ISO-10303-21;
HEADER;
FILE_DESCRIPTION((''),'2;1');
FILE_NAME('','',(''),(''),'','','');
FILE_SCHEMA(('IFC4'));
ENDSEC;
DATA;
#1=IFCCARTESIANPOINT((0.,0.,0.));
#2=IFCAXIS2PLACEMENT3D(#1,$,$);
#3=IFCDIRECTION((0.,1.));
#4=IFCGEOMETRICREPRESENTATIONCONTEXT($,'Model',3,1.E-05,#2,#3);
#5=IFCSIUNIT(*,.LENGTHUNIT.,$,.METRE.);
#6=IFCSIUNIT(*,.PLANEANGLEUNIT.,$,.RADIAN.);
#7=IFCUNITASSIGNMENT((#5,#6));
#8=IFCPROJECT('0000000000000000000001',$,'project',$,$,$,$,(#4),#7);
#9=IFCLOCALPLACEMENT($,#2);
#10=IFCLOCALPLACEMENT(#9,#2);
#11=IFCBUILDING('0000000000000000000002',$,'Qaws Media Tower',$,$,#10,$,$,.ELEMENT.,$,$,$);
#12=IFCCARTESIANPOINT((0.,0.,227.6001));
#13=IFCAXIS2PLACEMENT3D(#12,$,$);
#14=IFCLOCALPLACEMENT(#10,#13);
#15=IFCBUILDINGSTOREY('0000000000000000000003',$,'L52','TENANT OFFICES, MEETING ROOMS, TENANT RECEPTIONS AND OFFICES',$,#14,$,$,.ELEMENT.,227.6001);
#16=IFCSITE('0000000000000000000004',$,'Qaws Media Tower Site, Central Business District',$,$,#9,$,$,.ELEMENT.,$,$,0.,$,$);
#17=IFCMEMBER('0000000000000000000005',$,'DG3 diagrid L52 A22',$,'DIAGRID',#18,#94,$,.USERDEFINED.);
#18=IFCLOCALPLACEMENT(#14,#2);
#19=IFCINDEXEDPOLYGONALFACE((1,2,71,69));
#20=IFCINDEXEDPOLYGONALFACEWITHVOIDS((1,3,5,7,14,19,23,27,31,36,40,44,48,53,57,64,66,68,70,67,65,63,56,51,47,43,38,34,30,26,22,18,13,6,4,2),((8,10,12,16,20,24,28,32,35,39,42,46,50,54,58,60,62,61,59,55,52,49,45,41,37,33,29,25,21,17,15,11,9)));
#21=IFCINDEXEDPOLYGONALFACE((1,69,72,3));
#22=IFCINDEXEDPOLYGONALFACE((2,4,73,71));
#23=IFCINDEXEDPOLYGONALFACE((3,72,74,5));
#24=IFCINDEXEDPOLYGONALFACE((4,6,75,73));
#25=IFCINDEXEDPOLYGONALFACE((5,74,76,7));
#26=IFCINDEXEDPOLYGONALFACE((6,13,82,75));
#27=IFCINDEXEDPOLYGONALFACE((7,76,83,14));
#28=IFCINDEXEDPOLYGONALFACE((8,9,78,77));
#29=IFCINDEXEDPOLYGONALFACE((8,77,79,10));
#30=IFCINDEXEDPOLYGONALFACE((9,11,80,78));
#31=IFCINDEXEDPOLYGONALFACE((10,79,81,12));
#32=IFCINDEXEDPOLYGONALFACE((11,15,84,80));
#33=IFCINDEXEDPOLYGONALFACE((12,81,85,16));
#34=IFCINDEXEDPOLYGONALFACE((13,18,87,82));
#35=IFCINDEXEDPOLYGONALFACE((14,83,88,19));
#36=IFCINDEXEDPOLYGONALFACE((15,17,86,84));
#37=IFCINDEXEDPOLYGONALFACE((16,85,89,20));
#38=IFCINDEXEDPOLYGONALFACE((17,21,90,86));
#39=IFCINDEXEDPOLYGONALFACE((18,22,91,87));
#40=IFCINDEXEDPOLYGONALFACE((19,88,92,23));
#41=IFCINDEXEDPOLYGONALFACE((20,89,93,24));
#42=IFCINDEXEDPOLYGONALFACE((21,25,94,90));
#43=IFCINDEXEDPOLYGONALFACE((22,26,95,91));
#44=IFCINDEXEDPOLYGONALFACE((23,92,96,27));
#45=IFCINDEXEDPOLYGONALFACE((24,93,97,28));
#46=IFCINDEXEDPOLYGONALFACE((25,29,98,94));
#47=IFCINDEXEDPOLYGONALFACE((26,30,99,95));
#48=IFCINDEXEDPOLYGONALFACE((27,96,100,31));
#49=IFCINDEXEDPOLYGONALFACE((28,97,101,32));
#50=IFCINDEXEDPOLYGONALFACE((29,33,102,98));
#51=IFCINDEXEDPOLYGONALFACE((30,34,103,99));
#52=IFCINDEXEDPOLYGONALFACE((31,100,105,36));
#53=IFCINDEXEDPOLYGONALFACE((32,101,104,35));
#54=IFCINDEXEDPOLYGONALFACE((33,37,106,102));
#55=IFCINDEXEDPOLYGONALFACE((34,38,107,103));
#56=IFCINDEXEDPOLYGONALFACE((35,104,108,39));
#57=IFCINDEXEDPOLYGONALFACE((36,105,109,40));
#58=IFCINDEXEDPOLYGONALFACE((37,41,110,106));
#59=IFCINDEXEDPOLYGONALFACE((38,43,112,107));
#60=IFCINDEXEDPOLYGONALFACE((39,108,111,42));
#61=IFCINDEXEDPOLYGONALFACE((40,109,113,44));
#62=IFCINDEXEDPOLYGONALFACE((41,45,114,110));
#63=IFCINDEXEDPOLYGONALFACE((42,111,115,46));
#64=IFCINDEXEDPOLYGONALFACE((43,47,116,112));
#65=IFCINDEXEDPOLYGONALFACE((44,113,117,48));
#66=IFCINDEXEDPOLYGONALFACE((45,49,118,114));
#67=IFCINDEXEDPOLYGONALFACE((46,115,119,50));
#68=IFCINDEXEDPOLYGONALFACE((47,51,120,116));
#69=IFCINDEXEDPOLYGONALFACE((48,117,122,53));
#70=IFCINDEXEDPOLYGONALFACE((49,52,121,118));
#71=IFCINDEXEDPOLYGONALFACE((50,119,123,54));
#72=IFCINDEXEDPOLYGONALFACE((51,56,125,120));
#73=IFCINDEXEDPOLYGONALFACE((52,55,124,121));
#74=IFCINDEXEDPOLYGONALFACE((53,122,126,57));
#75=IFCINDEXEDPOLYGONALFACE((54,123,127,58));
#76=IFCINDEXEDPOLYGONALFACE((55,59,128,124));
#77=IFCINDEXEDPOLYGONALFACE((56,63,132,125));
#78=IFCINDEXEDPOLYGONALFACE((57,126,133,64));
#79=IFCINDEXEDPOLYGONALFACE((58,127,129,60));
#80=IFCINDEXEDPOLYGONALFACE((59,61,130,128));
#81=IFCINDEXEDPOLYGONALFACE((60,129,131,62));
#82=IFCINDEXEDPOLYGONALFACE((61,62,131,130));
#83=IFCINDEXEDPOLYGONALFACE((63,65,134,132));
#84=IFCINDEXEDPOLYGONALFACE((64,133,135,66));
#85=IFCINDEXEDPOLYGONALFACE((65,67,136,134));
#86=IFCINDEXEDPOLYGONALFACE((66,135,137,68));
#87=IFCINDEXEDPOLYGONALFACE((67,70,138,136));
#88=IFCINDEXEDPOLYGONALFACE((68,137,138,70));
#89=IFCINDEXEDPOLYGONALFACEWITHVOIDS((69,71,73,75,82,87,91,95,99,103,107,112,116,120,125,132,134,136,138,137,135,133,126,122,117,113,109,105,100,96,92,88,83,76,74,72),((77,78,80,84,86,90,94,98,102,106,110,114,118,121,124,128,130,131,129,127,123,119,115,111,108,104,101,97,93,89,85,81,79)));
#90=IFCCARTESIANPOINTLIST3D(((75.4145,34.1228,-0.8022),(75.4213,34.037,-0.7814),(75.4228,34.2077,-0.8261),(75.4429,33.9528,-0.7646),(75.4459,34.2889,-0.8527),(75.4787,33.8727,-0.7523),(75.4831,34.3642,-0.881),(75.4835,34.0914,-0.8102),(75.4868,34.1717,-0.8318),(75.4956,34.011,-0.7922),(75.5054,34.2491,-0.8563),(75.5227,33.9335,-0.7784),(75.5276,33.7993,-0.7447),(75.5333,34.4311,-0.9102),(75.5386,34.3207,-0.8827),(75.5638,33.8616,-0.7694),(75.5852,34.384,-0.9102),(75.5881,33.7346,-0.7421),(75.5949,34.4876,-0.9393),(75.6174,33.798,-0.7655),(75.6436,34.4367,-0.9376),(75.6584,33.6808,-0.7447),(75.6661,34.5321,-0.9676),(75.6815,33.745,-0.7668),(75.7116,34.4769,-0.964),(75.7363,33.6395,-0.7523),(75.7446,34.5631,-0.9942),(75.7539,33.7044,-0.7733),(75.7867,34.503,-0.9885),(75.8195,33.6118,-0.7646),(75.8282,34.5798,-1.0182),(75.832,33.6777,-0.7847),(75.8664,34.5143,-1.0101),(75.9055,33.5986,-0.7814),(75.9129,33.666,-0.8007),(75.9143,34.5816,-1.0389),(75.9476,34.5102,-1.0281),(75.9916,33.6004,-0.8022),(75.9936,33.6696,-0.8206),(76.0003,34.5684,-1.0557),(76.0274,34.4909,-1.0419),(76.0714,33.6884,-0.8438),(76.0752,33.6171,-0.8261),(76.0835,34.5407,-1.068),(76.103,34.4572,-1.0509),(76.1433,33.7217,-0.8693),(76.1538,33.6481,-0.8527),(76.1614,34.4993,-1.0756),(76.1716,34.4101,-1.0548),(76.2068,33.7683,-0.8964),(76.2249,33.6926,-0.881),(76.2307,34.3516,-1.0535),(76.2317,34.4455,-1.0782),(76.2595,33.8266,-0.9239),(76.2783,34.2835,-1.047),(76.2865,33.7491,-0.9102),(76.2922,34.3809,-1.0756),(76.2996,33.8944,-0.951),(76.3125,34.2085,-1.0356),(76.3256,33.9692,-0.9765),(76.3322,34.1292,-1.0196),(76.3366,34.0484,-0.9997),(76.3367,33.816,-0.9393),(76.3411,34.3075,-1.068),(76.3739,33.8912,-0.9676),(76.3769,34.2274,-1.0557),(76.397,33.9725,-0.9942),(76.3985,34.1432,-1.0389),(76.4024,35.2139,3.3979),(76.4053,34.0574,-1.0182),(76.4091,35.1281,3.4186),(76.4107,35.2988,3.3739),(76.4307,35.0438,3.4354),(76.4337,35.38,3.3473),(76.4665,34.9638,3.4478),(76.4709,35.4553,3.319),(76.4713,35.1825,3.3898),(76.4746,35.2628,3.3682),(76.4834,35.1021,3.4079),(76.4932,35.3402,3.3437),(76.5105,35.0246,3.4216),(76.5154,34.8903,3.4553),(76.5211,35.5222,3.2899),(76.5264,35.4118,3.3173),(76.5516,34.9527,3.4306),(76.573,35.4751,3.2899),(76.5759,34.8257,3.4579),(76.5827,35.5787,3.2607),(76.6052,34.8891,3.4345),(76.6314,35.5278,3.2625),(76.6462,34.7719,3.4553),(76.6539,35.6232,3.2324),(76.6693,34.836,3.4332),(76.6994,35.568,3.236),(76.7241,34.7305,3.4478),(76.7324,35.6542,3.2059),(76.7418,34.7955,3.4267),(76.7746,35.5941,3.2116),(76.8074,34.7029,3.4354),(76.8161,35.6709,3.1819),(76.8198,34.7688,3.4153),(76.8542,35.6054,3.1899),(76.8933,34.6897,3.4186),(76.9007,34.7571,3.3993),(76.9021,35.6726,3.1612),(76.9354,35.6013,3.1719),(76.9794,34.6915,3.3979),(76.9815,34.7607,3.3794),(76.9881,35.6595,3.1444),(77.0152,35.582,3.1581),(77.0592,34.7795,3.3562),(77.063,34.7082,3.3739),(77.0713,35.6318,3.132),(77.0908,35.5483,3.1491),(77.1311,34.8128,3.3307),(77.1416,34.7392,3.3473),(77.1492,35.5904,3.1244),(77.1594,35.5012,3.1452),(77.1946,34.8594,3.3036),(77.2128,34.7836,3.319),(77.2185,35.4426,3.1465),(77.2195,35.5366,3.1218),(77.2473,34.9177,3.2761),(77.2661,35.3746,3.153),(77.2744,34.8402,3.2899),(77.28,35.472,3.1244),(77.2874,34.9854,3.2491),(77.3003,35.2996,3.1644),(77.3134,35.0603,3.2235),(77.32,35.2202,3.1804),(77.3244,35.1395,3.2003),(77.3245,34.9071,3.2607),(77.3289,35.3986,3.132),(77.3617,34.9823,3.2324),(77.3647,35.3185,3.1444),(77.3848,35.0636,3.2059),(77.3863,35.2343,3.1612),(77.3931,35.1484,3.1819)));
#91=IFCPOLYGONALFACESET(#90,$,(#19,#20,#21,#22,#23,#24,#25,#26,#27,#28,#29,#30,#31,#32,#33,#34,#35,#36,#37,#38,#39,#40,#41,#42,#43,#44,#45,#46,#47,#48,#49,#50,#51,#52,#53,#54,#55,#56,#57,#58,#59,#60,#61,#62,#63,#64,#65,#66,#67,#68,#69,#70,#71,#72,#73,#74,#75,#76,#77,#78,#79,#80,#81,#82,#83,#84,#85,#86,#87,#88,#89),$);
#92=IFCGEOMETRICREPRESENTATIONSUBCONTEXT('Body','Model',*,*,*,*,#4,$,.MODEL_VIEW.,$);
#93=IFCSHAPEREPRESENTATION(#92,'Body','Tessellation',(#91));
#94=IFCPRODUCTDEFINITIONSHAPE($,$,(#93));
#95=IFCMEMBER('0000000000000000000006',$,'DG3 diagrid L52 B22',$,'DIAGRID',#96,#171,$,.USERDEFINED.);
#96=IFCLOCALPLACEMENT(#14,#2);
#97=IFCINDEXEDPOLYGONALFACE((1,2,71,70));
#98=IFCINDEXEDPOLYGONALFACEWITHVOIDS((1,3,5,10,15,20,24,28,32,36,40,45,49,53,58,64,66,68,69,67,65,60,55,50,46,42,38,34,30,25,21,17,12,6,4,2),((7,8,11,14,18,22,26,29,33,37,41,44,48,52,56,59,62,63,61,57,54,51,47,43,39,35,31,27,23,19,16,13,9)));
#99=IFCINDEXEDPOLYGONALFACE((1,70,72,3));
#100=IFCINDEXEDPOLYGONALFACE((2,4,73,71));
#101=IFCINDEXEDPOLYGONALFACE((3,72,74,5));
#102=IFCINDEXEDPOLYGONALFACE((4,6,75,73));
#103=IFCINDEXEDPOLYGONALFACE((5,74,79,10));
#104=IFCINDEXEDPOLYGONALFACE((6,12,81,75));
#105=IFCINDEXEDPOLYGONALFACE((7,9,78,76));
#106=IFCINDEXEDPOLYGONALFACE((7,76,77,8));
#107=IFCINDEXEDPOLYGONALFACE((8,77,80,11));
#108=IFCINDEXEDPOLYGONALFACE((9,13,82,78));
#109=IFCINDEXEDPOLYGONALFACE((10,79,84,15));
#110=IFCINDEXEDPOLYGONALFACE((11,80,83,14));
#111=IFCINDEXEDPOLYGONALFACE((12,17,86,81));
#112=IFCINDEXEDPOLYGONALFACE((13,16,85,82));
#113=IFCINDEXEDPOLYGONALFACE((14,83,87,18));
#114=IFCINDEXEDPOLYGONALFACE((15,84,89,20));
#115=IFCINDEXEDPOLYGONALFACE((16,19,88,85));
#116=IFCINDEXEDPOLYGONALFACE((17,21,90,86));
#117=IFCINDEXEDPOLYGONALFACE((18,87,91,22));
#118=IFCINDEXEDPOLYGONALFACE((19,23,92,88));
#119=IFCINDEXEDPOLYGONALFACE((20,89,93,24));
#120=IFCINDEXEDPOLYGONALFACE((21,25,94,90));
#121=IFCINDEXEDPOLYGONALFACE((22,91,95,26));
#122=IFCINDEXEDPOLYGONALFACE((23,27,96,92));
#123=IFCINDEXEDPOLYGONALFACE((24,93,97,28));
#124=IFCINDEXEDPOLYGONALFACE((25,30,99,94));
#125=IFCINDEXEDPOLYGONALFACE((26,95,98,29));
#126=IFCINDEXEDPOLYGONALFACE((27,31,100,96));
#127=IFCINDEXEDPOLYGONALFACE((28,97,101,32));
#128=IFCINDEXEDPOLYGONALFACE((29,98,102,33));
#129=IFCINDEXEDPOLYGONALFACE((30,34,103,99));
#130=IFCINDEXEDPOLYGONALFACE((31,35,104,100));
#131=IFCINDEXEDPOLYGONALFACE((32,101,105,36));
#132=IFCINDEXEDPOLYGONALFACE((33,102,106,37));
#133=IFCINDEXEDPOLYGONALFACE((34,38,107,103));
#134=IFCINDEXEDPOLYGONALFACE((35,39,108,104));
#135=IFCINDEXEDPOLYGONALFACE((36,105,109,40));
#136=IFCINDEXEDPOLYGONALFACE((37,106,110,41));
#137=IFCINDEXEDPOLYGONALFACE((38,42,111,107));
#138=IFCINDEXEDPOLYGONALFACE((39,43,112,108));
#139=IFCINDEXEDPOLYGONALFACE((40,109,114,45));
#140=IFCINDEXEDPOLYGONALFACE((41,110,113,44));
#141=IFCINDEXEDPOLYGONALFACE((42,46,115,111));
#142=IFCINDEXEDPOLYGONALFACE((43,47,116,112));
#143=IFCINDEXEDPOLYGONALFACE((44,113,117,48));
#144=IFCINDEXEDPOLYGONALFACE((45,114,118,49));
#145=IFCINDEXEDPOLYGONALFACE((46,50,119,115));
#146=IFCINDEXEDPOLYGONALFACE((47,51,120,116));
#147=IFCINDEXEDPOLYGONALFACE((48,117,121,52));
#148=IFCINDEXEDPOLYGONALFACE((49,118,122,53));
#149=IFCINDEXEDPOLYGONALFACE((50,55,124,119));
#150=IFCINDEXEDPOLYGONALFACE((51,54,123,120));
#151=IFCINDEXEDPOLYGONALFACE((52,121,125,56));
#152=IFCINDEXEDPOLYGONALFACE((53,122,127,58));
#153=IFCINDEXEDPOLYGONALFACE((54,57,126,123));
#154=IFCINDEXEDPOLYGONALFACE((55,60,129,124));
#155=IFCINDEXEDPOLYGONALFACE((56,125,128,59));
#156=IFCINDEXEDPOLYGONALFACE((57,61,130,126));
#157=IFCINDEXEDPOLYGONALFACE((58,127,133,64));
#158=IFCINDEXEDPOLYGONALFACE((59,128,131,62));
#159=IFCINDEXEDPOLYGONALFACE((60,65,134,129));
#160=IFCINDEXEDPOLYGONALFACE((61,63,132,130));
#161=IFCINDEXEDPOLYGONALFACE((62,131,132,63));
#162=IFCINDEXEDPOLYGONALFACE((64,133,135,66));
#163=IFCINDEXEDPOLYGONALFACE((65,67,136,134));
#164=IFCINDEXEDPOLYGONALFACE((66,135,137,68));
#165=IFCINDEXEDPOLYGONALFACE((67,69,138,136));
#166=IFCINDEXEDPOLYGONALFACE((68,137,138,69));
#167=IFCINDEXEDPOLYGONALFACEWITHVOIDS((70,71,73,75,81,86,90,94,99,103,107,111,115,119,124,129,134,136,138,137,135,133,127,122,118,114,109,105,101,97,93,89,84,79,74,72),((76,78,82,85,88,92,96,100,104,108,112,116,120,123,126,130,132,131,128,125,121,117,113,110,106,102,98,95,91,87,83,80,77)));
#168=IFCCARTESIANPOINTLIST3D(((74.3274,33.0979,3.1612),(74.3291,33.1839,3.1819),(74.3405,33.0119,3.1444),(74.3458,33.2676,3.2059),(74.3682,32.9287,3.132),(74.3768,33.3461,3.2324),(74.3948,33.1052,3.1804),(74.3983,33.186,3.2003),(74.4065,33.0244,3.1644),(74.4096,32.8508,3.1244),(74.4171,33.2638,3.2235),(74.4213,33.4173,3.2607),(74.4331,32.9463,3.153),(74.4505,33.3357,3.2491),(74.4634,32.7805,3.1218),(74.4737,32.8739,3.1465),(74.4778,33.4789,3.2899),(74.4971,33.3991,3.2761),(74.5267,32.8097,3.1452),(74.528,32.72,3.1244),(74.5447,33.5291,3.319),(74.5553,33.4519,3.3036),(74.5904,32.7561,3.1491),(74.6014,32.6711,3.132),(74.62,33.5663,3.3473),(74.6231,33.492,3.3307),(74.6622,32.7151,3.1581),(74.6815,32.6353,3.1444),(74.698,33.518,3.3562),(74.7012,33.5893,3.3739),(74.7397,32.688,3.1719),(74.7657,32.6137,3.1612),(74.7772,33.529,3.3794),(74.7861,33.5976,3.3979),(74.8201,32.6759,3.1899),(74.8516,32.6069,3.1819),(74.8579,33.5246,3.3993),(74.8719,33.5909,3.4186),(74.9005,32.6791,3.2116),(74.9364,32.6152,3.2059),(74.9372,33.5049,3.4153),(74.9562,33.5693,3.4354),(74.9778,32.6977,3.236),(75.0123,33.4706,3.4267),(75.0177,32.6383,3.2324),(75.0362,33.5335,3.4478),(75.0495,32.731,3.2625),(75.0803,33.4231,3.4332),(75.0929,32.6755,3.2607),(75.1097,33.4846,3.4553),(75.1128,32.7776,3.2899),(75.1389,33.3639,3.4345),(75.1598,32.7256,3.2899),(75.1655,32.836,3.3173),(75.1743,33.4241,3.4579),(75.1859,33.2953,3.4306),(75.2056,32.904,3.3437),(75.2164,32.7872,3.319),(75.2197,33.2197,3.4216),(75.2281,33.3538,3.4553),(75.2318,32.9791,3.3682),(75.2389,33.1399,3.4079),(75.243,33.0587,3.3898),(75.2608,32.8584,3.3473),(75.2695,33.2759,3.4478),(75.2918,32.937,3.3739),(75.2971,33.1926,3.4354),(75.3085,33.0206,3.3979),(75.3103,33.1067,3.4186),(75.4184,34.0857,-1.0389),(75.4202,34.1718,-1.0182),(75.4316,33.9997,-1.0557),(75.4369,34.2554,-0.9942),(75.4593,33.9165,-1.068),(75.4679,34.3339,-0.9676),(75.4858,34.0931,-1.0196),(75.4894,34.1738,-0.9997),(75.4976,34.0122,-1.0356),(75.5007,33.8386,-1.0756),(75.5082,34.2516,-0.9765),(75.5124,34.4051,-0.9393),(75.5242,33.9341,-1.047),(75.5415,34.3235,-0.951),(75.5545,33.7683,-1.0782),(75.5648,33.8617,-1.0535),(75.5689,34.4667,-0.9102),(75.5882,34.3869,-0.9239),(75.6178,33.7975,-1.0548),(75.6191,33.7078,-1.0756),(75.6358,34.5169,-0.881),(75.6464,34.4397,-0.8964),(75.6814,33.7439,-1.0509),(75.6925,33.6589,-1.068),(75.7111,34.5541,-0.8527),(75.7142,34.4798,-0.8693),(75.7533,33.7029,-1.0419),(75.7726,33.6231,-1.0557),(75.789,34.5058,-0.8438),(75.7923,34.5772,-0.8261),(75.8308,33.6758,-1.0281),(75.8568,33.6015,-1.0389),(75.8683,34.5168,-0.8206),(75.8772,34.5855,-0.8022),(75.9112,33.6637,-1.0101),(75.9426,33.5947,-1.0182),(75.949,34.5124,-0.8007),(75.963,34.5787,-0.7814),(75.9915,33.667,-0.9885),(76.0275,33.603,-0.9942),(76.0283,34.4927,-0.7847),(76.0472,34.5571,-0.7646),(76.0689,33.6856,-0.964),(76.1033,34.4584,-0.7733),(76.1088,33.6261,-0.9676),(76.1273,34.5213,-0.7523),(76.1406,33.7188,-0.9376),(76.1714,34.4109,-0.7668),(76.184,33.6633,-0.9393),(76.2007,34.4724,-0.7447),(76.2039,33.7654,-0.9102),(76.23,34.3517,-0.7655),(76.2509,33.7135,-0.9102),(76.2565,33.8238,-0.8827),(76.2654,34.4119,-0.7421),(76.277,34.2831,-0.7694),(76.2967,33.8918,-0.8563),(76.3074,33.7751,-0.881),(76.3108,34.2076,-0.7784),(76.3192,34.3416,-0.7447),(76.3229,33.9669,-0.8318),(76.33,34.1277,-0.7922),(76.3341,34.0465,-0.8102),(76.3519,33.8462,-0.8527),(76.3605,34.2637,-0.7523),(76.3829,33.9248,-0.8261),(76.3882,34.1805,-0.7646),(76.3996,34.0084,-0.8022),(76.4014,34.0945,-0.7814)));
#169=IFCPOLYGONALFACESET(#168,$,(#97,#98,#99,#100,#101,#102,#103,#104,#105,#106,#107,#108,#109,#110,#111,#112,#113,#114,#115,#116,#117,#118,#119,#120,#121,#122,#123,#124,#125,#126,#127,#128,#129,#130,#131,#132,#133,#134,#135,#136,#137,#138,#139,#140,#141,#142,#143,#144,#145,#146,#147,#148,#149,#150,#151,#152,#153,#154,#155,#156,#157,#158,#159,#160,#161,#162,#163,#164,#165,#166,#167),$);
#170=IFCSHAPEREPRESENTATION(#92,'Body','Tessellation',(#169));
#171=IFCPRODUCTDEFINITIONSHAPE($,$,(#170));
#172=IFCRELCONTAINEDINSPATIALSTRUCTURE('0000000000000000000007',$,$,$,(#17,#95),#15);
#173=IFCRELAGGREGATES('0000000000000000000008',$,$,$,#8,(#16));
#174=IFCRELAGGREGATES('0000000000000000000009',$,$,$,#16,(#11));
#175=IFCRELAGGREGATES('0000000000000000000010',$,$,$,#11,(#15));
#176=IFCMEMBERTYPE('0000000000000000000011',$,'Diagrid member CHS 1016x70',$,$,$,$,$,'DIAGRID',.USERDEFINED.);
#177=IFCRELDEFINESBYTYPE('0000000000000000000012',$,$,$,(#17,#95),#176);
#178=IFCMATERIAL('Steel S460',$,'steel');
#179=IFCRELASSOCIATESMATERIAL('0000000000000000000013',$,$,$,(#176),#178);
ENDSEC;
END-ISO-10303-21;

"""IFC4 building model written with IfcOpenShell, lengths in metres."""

from ifc_helpers import new_model, si_unit, direction, frame, origin, origin_2d, place, context, subcontext, project, spatial, hollow_circle, extrude, material, material_profile, profile_set, type_object, element, save


model = new_model("IFC4")

# Units and contexts
model_context = context("Model", 3, precision=1e-05, world=origin(), true_north=direction((0.0, 1.0)))
body_context = subcontext(model_context, "Body", "Model", "MODEL_VIEW")
ifc_project = project(units=[si_unit("LENGTHUNIT", "METRE"), si_unit("PLANEANGLEUNIT", "RADIAN")], contexts=[model_context])

# Site, building, storey
site_placement = place(None, origin())
site = spatial("IfcSite", under=ifc_project, at=site_placement, Name="Qaws Media Tower Site, Central Business District", CompositionType="ELEMENT", RefElevation=0.0)
building_placement = place(site_placement, origin())
building = spatial("IfcBuilding", under=site, at=building_placement, Name="Qaws Media Tower", CompositionType="ELEMENT")
storey_placement = place(building_placement, frame((0.0, 0.0, 227.6001)))
storey = spatial("IfcBuildingStorey", under=building, at=storey_placement, Name="L52", Description="TENANT OFFICES, MEETING ROOMS, TENANT RECEPTIONS AND OFFICES", CompositionType="ELEMENT", Elevation=227.6001)

# Members
ifc_material_1 = material(Name="Steel S460", Category="steel")
ifc_material_profile_1 = material_profile(ifc_material_1, hollow_circle(Radius=0.5081, WallThickness=0.0701, at=origin_2d()), Name="CHS 1016x70")
ifc_profile_set_1 = profile_set([ifc_material_profile_1], Name="Steel S460")
member_type_1 = type_object("IfcMemberType", Name="Diagrid member CHS 1016x70", ElementType="DIAGRID", PredefinedType="USERDEFINED", material=ifc_profile_set_1)
for number, where, z_axis, x_axis, name in (
    (1, (75.9099, 34.0901, -0.9102), (0.221958, 0.245163, 0.943732), (-0.74132, 0.671152, 0.0), "DG3 diagrid L52 A22"),
    (2, (75.9099, 34.0901, -0.9102), (-0.245163, -0.221958, 0.943732), (0.671152, -0.74132, 0.0), "DG3 diagrid L52 B22"),
):
    element("IfcMember", number, at=place(storey_placement, frame(where, z_axis=z_axis, x_axis=x_axis)), inside=storey, type_object=member_type_1, Name=name, ObjectType="DIAGRID", PredefinedType="USERDEFINED", context=body_context, shape_type="SweptSolid", body=[
        extrude(hollow_circle(Radius=0.5081, WallThickness=0.0701, at=origin_2d()), origin(), (0.0, 0.0, 1.0), 4.4504),
    ])

save(model, "model.ifc")
